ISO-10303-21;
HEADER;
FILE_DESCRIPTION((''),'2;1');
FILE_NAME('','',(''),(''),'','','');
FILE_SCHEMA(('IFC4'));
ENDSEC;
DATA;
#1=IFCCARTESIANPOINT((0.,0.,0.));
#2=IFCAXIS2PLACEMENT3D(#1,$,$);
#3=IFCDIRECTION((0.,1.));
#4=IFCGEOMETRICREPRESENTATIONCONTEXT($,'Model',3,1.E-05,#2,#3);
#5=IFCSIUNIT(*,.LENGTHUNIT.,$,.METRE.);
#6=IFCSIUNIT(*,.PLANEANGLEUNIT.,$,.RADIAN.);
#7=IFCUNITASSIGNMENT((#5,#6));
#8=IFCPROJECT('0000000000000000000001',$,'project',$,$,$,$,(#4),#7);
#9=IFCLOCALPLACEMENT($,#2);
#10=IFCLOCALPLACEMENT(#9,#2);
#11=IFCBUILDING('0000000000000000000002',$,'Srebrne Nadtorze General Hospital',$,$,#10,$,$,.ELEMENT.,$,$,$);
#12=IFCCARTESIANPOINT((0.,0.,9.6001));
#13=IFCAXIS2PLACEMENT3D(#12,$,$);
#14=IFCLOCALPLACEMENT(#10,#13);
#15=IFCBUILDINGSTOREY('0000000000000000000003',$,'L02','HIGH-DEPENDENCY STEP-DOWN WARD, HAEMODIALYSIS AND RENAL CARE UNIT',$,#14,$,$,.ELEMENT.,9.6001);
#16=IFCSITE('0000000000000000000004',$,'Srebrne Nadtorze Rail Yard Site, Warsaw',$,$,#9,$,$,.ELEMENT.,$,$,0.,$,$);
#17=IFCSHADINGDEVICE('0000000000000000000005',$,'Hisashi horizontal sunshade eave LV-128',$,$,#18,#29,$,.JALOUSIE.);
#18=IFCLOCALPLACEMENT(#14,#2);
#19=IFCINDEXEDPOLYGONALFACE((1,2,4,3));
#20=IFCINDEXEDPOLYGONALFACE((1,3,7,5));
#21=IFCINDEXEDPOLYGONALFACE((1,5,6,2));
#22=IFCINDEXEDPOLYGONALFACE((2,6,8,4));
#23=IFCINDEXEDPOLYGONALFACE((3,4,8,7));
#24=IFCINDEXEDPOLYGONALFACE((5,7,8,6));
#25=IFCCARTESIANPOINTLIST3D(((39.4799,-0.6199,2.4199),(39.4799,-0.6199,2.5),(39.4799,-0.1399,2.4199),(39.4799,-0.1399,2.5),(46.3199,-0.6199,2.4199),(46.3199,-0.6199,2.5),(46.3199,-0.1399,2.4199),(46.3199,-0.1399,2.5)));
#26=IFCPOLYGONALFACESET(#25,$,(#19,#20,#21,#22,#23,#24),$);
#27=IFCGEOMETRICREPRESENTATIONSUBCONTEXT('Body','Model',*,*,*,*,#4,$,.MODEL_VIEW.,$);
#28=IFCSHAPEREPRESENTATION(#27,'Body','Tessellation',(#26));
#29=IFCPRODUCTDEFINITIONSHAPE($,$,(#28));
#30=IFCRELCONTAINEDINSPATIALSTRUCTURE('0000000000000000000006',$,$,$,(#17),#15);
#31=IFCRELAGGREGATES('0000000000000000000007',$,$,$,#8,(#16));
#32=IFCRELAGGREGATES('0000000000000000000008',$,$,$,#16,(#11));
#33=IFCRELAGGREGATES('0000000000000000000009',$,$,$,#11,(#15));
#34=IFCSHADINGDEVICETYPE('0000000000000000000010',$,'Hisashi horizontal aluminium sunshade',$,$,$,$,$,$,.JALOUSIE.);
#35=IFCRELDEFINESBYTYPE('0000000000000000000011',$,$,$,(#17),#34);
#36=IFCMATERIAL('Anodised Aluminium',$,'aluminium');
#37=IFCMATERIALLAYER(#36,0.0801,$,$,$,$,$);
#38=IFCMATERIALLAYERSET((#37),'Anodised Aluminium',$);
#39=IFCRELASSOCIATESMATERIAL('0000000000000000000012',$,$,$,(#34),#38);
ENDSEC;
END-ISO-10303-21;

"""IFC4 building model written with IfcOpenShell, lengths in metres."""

from ifc_helpers import new_model, si_unit, direction, frame, origin, origin_2d, place, context, subcontext, project, spatial, rectangle, extrude, material, layer, layer_set, type_object, element, save


model = new_model("IFC4")

# Units and contexts
model_context = context("Model", 3, precision=1e-05, world=origin(), true_north=direction((0.0, 1.0)))
body_context = subcontext(model_context, "Body", "Model", "MODEL_VIEW")
ifc_project = project(units=[si_unit("LENGTHUNIT", "METRE"), si_unit("PLANEANGLEUNIT", "RADIAN")], contexts=[model_context])

# Site, building, storey
site_placement = place(None, origin())
site = spatial("IfcSite", under=ifc_project, at=site_placement, Name="Srebrne Nadtorze Rail Yard Site, Warsaw", CompositionType="ELEMENT", RefElevation=0.0)
building_placement = place(site_placement, origin())
building = spatial("IfcBuilding", under=site, at=building_placement, Name="Srebrne Nadtorze General Hospital", CompositionType="ELEMENT")
storey_placement = place(building_placement, frame((0.0, 0.0, 9.6001)))
storey = spatial("IfcBuildingStorey", under=building, at=storey_placement, Name="L02", Description="HIGH-DEPENDENCY STEP-DOWN WARD, HAEMODIALYSIS AND RENAL CARE UNIT", CompositionType="ELEMENT", Elevation=9.6001)

# Shading device
ifc_material_1 = material(Name="Anodised Aluminium", Category="aluminium")
ifc_layer_1 = layer(ifc_material_1, 0.0801)
ifc_layer_set_1 = layer_set([ifc_layer_1], Name="Anodised Aluminium")
shading_device_type = type_object("IfcShadingDeviceType", Name="Hisashi horizontal aluminium sunshade", PredefinedType="JALOUSIE", material=ifc_layer_set_1)
for number, where, z_axis, x_axis, name in (
    (1, (42.8999, -0.3799, 2.4199), (0.0, 0.0, 1.0), (1.0, 0.0, 0.0), "Hisashi horizontal sunshade eave LV-128"),
):
    element("IfcShadingDevice", number, at=place(storey_placement, frame(where, z_axis=z_axis, x_axis=x_axis)), inside=storey, type_object=shading_device_type, Name=name, PredefinedType="JALOUSIE", context=body_context, shape_type="SweptSolid", body=[
        extrude(rectangle(XDim=6.8401, YDim=0.48, at=origin_2d()), origin(), (0.0, 0.0, 1.0), 0.0801),
    ])

save(model, "model.ifc")
